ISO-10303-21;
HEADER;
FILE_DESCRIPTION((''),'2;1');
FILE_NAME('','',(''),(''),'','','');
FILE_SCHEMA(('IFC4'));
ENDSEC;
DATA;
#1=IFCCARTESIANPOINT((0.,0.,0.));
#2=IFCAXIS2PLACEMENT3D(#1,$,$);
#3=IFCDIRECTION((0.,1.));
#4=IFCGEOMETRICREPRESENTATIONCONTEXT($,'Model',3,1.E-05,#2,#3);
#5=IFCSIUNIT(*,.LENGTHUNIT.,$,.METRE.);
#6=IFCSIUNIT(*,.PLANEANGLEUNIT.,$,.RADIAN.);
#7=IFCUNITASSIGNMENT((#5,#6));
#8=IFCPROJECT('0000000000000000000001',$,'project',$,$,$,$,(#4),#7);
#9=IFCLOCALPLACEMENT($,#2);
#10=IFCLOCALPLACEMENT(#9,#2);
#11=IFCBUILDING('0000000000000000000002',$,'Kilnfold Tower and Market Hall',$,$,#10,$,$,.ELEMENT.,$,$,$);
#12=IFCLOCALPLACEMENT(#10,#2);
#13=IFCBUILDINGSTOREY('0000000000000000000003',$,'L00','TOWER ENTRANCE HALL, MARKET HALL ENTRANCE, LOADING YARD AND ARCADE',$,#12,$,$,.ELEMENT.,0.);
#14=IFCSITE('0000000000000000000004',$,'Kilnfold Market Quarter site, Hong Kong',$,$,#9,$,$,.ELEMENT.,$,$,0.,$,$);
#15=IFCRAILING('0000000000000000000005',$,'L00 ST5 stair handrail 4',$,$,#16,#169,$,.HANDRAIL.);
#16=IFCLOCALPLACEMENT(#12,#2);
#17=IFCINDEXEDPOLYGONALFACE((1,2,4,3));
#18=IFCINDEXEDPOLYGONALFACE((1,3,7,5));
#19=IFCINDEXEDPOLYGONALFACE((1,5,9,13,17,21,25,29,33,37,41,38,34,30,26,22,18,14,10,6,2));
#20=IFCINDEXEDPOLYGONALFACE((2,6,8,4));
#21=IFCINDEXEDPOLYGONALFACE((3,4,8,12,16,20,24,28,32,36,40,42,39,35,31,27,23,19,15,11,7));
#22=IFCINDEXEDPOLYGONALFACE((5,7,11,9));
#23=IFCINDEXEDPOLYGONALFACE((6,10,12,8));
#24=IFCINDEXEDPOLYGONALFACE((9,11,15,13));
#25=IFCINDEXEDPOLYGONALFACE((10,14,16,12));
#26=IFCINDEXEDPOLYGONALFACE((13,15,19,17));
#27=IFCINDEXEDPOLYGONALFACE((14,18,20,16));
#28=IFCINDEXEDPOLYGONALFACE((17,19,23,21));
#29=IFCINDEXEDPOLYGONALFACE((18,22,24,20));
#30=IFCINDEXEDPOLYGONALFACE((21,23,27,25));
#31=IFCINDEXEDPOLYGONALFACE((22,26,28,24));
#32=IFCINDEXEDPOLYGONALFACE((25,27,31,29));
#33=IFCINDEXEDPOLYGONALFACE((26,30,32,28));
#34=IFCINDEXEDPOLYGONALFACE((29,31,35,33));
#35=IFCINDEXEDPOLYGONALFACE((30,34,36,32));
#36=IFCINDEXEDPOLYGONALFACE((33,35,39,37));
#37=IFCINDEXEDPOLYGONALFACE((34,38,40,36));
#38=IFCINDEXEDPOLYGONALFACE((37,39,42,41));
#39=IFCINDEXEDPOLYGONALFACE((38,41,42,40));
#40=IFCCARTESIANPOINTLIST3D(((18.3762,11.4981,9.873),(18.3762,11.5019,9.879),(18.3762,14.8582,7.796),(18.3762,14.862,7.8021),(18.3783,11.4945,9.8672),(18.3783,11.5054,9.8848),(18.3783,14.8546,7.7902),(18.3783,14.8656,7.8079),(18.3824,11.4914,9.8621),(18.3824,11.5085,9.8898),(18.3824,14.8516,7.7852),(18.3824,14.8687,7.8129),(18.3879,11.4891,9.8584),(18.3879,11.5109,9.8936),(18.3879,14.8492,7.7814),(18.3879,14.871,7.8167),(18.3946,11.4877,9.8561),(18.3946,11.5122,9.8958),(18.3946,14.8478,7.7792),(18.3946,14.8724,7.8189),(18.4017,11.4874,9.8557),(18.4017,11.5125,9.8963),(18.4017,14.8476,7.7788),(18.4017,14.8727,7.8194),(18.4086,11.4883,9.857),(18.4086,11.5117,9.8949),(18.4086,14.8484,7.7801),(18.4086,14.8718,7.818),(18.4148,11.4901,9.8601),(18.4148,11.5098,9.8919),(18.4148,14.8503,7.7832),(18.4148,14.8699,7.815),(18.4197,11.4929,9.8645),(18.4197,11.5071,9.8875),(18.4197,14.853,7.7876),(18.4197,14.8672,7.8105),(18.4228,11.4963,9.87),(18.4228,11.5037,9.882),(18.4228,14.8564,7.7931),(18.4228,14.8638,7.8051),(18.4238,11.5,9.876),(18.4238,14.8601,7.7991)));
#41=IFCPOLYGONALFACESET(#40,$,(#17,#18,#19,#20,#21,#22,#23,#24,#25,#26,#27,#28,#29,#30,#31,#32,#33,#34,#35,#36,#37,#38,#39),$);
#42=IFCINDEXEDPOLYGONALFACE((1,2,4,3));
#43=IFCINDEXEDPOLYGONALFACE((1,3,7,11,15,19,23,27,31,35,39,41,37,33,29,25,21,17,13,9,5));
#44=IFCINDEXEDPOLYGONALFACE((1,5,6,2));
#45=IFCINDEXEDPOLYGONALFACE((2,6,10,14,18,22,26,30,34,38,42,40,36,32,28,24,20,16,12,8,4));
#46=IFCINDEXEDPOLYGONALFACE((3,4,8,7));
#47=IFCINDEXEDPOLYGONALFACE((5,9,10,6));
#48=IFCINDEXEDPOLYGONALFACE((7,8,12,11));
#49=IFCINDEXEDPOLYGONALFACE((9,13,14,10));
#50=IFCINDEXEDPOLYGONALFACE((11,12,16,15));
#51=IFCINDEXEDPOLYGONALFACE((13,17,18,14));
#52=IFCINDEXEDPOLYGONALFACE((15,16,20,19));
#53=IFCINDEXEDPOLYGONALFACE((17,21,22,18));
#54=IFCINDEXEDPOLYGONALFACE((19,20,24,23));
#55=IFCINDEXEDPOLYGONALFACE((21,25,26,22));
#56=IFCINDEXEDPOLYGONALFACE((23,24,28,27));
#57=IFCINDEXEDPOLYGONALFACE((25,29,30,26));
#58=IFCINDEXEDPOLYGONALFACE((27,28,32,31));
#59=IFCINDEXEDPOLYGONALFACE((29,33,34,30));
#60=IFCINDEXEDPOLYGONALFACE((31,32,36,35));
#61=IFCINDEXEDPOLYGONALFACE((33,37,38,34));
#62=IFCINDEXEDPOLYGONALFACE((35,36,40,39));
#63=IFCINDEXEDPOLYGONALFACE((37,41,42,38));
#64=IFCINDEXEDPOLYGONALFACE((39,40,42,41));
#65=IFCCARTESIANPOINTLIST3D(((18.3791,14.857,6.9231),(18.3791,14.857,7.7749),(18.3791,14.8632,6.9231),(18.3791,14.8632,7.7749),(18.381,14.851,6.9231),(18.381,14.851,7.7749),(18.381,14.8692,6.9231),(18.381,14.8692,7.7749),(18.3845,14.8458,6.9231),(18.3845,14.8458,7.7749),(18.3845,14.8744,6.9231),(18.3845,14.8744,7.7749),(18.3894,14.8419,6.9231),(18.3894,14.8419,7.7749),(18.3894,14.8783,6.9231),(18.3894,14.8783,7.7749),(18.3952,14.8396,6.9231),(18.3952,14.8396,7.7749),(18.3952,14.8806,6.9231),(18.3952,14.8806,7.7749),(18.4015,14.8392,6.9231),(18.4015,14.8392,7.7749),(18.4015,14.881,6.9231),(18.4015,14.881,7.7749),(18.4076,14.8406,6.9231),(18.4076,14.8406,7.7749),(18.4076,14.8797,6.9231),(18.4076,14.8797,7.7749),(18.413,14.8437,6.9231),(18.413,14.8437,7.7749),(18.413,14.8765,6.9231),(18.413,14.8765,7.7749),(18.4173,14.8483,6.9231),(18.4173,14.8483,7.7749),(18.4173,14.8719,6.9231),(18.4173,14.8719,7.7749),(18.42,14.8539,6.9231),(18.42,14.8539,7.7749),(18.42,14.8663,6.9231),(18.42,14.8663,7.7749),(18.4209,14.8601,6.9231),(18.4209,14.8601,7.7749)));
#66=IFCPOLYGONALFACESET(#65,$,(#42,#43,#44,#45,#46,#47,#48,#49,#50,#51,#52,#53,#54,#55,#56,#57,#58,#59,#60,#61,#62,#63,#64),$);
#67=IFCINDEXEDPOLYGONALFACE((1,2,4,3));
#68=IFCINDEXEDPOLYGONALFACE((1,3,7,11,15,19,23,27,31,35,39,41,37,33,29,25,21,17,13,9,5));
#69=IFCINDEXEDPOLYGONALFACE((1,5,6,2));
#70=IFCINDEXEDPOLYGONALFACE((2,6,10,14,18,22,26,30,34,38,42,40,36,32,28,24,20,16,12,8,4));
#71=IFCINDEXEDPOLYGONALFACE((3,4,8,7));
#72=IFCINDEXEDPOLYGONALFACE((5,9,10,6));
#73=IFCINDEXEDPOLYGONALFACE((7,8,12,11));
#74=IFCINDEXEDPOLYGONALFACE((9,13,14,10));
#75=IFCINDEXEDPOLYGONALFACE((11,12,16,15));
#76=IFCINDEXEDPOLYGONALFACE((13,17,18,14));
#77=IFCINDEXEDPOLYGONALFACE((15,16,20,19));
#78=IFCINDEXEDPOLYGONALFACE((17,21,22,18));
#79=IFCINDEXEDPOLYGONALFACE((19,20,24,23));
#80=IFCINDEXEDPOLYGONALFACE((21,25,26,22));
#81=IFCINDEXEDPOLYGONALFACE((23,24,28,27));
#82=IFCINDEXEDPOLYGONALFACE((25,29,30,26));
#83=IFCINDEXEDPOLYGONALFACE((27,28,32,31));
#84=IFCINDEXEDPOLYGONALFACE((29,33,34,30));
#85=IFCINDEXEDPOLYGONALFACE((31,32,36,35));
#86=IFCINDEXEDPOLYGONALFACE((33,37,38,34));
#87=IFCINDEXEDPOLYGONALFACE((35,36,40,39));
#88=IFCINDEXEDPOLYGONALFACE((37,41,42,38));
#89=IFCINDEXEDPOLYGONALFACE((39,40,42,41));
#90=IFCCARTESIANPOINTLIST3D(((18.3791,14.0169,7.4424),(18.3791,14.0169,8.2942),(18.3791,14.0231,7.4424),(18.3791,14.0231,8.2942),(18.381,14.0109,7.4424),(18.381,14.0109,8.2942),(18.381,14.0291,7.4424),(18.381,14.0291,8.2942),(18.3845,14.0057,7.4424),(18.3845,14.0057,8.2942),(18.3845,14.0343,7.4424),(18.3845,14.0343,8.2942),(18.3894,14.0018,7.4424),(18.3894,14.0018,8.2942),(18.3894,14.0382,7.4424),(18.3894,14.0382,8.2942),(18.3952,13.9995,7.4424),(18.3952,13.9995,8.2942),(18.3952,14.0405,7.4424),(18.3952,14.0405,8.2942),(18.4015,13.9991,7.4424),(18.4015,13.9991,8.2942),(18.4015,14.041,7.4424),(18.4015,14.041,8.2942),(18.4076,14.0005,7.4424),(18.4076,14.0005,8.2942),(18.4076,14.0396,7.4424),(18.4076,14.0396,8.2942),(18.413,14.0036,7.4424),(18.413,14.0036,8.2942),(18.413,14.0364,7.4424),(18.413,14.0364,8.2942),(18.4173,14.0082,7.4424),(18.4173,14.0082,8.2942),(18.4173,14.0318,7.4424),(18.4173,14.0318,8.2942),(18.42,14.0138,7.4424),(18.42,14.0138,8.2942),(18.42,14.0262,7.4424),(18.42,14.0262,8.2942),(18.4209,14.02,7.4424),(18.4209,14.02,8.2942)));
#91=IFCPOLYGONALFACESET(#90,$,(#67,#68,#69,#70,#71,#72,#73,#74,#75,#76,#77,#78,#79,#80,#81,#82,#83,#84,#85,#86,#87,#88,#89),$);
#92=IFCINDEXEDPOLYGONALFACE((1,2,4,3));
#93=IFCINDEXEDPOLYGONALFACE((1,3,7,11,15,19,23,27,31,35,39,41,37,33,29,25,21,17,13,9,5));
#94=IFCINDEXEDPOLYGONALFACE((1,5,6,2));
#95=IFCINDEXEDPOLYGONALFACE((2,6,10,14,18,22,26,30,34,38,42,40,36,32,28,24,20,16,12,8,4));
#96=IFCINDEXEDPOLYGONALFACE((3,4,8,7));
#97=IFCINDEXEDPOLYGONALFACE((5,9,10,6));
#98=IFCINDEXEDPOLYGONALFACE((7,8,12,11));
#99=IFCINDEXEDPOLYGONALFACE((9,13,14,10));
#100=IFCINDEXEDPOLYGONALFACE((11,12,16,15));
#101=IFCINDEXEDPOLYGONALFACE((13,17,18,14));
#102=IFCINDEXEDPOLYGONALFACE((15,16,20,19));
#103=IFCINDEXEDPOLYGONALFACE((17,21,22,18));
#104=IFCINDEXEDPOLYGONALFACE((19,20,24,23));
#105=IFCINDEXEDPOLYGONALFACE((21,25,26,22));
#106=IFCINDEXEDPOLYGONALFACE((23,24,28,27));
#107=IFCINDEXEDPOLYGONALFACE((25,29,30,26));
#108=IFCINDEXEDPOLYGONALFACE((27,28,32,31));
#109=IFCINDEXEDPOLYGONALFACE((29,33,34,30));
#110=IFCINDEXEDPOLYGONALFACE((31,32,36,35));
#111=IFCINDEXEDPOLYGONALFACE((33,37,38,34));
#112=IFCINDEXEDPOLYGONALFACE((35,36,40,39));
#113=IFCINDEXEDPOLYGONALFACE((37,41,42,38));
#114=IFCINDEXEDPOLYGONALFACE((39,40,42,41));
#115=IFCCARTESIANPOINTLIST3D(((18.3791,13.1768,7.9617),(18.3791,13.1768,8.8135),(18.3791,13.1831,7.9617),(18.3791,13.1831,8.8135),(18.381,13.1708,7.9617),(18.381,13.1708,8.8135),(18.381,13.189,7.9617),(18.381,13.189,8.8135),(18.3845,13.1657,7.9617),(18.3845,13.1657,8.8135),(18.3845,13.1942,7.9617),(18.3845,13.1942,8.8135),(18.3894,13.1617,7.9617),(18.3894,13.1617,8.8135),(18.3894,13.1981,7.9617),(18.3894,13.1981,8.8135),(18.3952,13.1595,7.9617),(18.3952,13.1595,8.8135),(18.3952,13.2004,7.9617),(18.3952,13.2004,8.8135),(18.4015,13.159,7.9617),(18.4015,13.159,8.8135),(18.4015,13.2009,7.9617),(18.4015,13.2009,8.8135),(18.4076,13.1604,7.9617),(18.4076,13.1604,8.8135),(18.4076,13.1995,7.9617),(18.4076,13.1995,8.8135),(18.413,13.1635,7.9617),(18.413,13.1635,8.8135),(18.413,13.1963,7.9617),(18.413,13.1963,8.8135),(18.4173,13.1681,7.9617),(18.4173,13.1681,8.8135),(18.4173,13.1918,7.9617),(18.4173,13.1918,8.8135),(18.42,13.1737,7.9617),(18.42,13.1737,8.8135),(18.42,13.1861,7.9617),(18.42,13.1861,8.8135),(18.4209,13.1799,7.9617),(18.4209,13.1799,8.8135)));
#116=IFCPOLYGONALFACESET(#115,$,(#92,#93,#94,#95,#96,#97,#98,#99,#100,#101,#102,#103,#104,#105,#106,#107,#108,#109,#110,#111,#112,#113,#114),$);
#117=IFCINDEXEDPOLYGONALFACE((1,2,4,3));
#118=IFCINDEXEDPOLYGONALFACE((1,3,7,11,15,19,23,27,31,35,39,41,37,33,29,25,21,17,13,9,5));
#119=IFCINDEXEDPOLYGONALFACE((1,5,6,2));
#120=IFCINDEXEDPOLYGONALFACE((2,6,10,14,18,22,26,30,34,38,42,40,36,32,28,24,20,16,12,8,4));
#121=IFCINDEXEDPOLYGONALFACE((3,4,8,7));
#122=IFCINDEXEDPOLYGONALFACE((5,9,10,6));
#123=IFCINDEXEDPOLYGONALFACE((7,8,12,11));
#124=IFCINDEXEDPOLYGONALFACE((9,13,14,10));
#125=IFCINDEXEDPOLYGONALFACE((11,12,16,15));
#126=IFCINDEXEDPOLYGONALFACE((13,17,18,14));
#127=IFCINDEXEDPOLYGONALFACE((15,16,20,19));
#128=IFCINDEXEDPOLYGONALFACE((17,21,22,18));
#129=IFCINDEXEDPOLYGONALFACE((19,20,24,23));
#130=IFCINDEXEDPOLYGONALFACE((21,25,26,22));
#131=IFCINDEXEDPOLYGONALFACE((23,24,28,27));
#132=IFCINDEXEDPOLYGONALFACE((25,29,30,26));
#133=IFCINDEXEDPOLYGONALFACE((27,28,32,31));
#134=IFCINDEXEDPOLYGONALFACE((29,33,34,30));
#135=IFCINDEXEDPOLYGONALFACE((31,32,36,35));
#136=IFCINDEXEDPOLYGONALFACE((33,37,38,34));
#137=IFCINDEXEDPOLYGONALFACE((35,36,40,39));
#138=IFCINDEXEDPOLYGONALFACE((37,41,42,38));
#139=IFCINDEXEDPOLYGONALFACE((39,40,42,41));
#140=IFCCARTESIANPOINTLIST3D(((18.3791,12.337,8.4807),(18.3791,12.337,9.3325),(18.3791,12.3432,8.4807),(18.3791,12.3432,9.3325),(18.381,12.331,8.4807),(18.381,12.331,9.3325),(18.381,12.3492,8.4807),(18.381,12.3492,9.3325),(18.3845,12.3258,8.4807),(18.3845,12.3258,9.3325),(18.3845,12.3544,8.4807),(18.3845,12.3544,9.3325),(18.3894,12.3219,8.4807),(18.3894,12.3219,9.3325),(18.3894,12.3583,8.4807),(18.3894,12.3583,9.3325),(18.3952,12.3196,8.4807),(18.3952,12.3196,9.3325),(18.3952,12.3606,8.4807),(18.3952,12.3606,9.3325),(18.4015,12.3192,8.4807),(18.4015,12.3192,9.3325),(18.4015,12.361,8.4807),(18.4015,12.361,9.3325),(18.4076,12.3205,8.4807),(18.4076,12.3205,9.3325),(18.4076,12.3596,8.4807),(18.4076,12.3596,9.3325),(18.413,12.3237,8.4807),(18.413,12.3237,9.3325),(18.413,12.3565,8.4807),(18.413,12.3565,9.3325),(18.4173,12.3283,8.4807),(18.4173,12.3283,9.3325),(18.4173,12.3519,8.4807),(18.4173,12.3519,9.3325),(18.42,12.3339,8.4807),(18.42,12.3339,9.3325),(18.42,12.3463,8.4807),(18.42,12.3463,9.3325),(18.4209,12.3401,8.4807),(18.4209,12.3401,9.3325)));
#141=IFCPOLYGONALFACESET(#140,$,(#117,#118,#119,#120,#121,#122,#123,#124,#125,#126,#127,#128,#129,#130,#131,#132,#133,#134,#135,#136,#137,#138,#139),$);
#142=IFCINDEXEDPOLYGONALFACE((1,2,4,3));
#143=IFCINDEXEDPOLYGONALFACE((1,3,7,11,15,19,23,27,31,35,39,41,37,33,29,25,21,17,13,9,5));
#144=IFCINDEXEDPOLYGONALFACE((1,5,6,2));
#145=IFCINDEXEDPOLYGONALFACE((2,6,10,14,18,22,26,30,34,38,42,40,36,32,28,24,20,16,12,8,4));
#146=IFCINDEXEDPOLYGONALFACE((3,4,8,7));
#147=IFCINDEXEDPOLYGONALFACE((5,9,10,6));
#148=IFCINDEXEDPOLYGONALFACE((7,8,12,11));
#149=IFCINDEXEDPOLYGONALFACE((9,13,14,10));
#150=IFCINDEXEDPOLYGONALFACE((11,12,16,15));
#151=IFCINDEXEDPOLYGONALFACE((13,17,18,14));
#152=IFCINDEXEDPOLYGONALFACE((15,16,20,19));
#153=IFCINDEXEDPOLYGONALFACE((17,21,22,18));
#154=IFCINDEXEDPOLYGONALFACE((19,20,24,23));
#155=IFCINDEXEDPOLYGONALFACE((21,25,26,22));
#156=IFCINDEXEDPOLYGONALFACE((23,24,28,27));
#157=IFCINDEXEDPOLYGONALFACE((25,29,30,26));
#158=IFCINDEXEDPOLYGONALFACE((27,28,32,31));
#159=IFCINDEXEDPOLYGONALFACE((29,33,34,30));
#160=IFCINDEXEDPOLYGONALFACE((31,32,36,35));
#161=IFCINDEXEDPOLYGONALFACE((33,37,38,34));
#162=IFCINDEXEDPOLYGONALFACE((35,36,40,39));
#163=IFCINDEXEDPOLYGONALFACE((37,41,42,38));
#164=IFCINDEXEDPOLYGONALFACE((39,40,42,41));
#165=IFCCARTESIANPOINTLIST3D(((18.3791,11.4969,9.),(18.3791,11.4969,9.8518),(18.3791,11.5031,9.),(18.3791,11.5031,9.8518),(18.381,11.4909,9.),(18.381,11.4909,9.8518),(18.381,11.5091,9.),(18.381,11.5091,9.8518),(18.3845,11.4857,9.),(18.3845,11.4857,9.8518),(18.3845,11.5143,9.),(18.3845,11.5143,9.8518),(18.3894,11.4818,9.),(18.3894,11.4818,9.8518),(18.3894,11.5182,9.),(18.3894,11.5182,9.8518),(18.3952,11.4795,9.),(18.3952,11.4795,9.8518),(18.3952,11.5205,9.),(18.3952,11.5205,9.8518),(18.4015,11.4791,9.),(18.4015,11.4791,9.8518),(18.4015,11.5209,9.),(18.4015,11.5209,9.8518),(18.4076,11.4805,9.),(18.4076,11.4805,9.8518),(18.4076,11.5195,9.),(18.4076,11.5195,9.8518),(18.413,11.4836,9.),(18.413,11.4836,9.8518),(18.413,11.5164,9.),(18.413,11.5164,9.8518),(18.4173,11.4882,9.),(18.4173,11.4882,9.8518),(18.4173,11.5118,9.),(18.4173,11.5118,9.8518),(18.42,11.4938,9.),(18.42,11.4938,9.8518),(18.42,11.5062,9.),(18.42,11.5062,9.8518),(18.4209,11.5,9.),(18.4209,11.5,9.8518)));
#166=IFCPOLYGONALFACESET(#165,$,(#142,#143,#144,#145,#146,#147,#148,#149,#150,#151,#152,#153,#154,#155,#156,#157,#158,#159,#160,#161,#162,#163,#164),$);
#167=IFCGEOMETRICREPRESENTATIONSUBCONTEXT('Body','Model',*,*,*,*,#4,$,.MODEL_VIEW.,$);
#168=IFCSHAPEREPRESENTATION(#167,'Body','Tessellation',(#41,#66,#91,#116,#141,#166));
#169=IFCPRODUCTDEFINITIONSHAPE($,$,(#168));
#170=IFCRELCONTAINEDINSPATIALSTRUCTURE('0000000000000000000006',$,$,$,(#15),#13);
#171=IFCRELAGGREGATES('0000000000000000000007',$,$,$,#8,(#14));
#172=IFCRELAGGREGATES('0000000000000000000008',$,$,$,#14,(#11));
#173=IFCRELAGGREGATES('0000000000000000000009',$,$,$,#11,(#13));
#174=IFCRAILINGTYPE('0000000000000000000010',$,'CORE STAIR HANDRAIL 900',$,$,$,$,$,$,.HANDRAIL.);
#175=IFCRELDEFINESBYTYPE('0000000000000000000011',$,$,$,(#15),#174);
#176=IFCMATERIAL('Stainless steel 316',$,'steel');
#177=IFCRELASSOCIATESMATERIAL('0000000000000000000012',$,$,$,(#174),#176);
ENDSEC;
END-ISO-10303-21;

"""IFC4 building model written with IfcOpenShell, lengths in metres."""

from ifc_helpers import new_model, si_unit, direction, frame, origin, origin_2d, place, context, subcontext, project, spatial, circle, extrude, material, type_object, element, save


model = new_model("IFC4")

# Units and contexts
model_context = context("Model", 3, precision=1e-05, world=origin(), true_north=direction((0.0, 1.0)))
body_context = subcontext(model_context, "Body", "Model", "MODEL_VIEW")
ifc_project = project(units=[si_unit("LENGTHUNIT", "METRE"), si_unit("PLANEANGLEUNIT", "RADIAN")], contexts=[model_context])

# Site, building, storey
site_placement = place(None, origin())
site = spatial("IfcSite", under=ifc_project, at=site_placement, Name="Kilnfold Market Quarter site, Hong Kong", CompositionType="ELEMENT", RefElevation=0.0)
building_placement = place(site_placement, origin())
building = spatial("IfcBuilding", under=site, at=building_placement, Name="Kilnfold Tower and Market Hall", CompositionType="ELEMENT")
storey_placement = place(building_placement, origin())
storey = spatial("IfcBuildingStorey", under=building, at=storey_placement, Name="L00", Description="TOWER ENTRANCE HALL, MARKET HALL ENTRANCE, LOADING YARD AND ARCADE", CompositionType="ELEMENT", Elevation=0.0)

# Railing
ifc_material_1 = material(Name="Stainless steel 316", Category="steel")
railing_type_1 = type_object("IfcRailingType", Name="CORE STAIR HANDRAIL 900", PredefinedType="HANDRAIL", material=ifc_material_1)
railing_1_placement = place(storey_placement, frame((18.3999, 14.8601, 6.9231)))
element("IfcRailing", 1, at=railing_1_placement, inside=storey, type_object=railing_type_1, Name="L00 ST5 stair handrail 4", PredefinedType="HANDRAIL", context=body_context, shape_type="SweptSolid", body=[
    extrude(circle(Radius=0.0239, at=origin_2d()), frame((0.0, 0.0, 0.876), z_axis=(0.0, -0.850623, 0.525776), x_axis=(1.0, 0.0, 0.0)), (0.0, 0.0, 1.0), 3.9502),
    extrude(circle(Radius=0.021, at=origin_2d()), origin(), (0.0, 0.0, 1.0), 0.8518),
    extrude(circle(Radius=0.021, at=origin_2d()), frame((0.0, -0.8401, 0.5193)), (0.0, 0.0, 1.0), 0.8518),
    extrude(circle(Radius=0.021, at=origin_2d()), frame((0.0, -1.6802, 1.0386)), (0.0, 0.0, 1.0), 0.8518),
    extrude(circle(Radius=0.021, at=origin_2d()), frame((0.0, -2.52, 1.5576)), (0.0, 0.0, 1.0), 0.8518),
    extrude(circle(Radius=0.021, at=origin_2d()), frame((0.0, -3.3601, 2.0769)), (0.0, 0.0, 1.0), 0.8518),
])

save(model, "model.ifc")
